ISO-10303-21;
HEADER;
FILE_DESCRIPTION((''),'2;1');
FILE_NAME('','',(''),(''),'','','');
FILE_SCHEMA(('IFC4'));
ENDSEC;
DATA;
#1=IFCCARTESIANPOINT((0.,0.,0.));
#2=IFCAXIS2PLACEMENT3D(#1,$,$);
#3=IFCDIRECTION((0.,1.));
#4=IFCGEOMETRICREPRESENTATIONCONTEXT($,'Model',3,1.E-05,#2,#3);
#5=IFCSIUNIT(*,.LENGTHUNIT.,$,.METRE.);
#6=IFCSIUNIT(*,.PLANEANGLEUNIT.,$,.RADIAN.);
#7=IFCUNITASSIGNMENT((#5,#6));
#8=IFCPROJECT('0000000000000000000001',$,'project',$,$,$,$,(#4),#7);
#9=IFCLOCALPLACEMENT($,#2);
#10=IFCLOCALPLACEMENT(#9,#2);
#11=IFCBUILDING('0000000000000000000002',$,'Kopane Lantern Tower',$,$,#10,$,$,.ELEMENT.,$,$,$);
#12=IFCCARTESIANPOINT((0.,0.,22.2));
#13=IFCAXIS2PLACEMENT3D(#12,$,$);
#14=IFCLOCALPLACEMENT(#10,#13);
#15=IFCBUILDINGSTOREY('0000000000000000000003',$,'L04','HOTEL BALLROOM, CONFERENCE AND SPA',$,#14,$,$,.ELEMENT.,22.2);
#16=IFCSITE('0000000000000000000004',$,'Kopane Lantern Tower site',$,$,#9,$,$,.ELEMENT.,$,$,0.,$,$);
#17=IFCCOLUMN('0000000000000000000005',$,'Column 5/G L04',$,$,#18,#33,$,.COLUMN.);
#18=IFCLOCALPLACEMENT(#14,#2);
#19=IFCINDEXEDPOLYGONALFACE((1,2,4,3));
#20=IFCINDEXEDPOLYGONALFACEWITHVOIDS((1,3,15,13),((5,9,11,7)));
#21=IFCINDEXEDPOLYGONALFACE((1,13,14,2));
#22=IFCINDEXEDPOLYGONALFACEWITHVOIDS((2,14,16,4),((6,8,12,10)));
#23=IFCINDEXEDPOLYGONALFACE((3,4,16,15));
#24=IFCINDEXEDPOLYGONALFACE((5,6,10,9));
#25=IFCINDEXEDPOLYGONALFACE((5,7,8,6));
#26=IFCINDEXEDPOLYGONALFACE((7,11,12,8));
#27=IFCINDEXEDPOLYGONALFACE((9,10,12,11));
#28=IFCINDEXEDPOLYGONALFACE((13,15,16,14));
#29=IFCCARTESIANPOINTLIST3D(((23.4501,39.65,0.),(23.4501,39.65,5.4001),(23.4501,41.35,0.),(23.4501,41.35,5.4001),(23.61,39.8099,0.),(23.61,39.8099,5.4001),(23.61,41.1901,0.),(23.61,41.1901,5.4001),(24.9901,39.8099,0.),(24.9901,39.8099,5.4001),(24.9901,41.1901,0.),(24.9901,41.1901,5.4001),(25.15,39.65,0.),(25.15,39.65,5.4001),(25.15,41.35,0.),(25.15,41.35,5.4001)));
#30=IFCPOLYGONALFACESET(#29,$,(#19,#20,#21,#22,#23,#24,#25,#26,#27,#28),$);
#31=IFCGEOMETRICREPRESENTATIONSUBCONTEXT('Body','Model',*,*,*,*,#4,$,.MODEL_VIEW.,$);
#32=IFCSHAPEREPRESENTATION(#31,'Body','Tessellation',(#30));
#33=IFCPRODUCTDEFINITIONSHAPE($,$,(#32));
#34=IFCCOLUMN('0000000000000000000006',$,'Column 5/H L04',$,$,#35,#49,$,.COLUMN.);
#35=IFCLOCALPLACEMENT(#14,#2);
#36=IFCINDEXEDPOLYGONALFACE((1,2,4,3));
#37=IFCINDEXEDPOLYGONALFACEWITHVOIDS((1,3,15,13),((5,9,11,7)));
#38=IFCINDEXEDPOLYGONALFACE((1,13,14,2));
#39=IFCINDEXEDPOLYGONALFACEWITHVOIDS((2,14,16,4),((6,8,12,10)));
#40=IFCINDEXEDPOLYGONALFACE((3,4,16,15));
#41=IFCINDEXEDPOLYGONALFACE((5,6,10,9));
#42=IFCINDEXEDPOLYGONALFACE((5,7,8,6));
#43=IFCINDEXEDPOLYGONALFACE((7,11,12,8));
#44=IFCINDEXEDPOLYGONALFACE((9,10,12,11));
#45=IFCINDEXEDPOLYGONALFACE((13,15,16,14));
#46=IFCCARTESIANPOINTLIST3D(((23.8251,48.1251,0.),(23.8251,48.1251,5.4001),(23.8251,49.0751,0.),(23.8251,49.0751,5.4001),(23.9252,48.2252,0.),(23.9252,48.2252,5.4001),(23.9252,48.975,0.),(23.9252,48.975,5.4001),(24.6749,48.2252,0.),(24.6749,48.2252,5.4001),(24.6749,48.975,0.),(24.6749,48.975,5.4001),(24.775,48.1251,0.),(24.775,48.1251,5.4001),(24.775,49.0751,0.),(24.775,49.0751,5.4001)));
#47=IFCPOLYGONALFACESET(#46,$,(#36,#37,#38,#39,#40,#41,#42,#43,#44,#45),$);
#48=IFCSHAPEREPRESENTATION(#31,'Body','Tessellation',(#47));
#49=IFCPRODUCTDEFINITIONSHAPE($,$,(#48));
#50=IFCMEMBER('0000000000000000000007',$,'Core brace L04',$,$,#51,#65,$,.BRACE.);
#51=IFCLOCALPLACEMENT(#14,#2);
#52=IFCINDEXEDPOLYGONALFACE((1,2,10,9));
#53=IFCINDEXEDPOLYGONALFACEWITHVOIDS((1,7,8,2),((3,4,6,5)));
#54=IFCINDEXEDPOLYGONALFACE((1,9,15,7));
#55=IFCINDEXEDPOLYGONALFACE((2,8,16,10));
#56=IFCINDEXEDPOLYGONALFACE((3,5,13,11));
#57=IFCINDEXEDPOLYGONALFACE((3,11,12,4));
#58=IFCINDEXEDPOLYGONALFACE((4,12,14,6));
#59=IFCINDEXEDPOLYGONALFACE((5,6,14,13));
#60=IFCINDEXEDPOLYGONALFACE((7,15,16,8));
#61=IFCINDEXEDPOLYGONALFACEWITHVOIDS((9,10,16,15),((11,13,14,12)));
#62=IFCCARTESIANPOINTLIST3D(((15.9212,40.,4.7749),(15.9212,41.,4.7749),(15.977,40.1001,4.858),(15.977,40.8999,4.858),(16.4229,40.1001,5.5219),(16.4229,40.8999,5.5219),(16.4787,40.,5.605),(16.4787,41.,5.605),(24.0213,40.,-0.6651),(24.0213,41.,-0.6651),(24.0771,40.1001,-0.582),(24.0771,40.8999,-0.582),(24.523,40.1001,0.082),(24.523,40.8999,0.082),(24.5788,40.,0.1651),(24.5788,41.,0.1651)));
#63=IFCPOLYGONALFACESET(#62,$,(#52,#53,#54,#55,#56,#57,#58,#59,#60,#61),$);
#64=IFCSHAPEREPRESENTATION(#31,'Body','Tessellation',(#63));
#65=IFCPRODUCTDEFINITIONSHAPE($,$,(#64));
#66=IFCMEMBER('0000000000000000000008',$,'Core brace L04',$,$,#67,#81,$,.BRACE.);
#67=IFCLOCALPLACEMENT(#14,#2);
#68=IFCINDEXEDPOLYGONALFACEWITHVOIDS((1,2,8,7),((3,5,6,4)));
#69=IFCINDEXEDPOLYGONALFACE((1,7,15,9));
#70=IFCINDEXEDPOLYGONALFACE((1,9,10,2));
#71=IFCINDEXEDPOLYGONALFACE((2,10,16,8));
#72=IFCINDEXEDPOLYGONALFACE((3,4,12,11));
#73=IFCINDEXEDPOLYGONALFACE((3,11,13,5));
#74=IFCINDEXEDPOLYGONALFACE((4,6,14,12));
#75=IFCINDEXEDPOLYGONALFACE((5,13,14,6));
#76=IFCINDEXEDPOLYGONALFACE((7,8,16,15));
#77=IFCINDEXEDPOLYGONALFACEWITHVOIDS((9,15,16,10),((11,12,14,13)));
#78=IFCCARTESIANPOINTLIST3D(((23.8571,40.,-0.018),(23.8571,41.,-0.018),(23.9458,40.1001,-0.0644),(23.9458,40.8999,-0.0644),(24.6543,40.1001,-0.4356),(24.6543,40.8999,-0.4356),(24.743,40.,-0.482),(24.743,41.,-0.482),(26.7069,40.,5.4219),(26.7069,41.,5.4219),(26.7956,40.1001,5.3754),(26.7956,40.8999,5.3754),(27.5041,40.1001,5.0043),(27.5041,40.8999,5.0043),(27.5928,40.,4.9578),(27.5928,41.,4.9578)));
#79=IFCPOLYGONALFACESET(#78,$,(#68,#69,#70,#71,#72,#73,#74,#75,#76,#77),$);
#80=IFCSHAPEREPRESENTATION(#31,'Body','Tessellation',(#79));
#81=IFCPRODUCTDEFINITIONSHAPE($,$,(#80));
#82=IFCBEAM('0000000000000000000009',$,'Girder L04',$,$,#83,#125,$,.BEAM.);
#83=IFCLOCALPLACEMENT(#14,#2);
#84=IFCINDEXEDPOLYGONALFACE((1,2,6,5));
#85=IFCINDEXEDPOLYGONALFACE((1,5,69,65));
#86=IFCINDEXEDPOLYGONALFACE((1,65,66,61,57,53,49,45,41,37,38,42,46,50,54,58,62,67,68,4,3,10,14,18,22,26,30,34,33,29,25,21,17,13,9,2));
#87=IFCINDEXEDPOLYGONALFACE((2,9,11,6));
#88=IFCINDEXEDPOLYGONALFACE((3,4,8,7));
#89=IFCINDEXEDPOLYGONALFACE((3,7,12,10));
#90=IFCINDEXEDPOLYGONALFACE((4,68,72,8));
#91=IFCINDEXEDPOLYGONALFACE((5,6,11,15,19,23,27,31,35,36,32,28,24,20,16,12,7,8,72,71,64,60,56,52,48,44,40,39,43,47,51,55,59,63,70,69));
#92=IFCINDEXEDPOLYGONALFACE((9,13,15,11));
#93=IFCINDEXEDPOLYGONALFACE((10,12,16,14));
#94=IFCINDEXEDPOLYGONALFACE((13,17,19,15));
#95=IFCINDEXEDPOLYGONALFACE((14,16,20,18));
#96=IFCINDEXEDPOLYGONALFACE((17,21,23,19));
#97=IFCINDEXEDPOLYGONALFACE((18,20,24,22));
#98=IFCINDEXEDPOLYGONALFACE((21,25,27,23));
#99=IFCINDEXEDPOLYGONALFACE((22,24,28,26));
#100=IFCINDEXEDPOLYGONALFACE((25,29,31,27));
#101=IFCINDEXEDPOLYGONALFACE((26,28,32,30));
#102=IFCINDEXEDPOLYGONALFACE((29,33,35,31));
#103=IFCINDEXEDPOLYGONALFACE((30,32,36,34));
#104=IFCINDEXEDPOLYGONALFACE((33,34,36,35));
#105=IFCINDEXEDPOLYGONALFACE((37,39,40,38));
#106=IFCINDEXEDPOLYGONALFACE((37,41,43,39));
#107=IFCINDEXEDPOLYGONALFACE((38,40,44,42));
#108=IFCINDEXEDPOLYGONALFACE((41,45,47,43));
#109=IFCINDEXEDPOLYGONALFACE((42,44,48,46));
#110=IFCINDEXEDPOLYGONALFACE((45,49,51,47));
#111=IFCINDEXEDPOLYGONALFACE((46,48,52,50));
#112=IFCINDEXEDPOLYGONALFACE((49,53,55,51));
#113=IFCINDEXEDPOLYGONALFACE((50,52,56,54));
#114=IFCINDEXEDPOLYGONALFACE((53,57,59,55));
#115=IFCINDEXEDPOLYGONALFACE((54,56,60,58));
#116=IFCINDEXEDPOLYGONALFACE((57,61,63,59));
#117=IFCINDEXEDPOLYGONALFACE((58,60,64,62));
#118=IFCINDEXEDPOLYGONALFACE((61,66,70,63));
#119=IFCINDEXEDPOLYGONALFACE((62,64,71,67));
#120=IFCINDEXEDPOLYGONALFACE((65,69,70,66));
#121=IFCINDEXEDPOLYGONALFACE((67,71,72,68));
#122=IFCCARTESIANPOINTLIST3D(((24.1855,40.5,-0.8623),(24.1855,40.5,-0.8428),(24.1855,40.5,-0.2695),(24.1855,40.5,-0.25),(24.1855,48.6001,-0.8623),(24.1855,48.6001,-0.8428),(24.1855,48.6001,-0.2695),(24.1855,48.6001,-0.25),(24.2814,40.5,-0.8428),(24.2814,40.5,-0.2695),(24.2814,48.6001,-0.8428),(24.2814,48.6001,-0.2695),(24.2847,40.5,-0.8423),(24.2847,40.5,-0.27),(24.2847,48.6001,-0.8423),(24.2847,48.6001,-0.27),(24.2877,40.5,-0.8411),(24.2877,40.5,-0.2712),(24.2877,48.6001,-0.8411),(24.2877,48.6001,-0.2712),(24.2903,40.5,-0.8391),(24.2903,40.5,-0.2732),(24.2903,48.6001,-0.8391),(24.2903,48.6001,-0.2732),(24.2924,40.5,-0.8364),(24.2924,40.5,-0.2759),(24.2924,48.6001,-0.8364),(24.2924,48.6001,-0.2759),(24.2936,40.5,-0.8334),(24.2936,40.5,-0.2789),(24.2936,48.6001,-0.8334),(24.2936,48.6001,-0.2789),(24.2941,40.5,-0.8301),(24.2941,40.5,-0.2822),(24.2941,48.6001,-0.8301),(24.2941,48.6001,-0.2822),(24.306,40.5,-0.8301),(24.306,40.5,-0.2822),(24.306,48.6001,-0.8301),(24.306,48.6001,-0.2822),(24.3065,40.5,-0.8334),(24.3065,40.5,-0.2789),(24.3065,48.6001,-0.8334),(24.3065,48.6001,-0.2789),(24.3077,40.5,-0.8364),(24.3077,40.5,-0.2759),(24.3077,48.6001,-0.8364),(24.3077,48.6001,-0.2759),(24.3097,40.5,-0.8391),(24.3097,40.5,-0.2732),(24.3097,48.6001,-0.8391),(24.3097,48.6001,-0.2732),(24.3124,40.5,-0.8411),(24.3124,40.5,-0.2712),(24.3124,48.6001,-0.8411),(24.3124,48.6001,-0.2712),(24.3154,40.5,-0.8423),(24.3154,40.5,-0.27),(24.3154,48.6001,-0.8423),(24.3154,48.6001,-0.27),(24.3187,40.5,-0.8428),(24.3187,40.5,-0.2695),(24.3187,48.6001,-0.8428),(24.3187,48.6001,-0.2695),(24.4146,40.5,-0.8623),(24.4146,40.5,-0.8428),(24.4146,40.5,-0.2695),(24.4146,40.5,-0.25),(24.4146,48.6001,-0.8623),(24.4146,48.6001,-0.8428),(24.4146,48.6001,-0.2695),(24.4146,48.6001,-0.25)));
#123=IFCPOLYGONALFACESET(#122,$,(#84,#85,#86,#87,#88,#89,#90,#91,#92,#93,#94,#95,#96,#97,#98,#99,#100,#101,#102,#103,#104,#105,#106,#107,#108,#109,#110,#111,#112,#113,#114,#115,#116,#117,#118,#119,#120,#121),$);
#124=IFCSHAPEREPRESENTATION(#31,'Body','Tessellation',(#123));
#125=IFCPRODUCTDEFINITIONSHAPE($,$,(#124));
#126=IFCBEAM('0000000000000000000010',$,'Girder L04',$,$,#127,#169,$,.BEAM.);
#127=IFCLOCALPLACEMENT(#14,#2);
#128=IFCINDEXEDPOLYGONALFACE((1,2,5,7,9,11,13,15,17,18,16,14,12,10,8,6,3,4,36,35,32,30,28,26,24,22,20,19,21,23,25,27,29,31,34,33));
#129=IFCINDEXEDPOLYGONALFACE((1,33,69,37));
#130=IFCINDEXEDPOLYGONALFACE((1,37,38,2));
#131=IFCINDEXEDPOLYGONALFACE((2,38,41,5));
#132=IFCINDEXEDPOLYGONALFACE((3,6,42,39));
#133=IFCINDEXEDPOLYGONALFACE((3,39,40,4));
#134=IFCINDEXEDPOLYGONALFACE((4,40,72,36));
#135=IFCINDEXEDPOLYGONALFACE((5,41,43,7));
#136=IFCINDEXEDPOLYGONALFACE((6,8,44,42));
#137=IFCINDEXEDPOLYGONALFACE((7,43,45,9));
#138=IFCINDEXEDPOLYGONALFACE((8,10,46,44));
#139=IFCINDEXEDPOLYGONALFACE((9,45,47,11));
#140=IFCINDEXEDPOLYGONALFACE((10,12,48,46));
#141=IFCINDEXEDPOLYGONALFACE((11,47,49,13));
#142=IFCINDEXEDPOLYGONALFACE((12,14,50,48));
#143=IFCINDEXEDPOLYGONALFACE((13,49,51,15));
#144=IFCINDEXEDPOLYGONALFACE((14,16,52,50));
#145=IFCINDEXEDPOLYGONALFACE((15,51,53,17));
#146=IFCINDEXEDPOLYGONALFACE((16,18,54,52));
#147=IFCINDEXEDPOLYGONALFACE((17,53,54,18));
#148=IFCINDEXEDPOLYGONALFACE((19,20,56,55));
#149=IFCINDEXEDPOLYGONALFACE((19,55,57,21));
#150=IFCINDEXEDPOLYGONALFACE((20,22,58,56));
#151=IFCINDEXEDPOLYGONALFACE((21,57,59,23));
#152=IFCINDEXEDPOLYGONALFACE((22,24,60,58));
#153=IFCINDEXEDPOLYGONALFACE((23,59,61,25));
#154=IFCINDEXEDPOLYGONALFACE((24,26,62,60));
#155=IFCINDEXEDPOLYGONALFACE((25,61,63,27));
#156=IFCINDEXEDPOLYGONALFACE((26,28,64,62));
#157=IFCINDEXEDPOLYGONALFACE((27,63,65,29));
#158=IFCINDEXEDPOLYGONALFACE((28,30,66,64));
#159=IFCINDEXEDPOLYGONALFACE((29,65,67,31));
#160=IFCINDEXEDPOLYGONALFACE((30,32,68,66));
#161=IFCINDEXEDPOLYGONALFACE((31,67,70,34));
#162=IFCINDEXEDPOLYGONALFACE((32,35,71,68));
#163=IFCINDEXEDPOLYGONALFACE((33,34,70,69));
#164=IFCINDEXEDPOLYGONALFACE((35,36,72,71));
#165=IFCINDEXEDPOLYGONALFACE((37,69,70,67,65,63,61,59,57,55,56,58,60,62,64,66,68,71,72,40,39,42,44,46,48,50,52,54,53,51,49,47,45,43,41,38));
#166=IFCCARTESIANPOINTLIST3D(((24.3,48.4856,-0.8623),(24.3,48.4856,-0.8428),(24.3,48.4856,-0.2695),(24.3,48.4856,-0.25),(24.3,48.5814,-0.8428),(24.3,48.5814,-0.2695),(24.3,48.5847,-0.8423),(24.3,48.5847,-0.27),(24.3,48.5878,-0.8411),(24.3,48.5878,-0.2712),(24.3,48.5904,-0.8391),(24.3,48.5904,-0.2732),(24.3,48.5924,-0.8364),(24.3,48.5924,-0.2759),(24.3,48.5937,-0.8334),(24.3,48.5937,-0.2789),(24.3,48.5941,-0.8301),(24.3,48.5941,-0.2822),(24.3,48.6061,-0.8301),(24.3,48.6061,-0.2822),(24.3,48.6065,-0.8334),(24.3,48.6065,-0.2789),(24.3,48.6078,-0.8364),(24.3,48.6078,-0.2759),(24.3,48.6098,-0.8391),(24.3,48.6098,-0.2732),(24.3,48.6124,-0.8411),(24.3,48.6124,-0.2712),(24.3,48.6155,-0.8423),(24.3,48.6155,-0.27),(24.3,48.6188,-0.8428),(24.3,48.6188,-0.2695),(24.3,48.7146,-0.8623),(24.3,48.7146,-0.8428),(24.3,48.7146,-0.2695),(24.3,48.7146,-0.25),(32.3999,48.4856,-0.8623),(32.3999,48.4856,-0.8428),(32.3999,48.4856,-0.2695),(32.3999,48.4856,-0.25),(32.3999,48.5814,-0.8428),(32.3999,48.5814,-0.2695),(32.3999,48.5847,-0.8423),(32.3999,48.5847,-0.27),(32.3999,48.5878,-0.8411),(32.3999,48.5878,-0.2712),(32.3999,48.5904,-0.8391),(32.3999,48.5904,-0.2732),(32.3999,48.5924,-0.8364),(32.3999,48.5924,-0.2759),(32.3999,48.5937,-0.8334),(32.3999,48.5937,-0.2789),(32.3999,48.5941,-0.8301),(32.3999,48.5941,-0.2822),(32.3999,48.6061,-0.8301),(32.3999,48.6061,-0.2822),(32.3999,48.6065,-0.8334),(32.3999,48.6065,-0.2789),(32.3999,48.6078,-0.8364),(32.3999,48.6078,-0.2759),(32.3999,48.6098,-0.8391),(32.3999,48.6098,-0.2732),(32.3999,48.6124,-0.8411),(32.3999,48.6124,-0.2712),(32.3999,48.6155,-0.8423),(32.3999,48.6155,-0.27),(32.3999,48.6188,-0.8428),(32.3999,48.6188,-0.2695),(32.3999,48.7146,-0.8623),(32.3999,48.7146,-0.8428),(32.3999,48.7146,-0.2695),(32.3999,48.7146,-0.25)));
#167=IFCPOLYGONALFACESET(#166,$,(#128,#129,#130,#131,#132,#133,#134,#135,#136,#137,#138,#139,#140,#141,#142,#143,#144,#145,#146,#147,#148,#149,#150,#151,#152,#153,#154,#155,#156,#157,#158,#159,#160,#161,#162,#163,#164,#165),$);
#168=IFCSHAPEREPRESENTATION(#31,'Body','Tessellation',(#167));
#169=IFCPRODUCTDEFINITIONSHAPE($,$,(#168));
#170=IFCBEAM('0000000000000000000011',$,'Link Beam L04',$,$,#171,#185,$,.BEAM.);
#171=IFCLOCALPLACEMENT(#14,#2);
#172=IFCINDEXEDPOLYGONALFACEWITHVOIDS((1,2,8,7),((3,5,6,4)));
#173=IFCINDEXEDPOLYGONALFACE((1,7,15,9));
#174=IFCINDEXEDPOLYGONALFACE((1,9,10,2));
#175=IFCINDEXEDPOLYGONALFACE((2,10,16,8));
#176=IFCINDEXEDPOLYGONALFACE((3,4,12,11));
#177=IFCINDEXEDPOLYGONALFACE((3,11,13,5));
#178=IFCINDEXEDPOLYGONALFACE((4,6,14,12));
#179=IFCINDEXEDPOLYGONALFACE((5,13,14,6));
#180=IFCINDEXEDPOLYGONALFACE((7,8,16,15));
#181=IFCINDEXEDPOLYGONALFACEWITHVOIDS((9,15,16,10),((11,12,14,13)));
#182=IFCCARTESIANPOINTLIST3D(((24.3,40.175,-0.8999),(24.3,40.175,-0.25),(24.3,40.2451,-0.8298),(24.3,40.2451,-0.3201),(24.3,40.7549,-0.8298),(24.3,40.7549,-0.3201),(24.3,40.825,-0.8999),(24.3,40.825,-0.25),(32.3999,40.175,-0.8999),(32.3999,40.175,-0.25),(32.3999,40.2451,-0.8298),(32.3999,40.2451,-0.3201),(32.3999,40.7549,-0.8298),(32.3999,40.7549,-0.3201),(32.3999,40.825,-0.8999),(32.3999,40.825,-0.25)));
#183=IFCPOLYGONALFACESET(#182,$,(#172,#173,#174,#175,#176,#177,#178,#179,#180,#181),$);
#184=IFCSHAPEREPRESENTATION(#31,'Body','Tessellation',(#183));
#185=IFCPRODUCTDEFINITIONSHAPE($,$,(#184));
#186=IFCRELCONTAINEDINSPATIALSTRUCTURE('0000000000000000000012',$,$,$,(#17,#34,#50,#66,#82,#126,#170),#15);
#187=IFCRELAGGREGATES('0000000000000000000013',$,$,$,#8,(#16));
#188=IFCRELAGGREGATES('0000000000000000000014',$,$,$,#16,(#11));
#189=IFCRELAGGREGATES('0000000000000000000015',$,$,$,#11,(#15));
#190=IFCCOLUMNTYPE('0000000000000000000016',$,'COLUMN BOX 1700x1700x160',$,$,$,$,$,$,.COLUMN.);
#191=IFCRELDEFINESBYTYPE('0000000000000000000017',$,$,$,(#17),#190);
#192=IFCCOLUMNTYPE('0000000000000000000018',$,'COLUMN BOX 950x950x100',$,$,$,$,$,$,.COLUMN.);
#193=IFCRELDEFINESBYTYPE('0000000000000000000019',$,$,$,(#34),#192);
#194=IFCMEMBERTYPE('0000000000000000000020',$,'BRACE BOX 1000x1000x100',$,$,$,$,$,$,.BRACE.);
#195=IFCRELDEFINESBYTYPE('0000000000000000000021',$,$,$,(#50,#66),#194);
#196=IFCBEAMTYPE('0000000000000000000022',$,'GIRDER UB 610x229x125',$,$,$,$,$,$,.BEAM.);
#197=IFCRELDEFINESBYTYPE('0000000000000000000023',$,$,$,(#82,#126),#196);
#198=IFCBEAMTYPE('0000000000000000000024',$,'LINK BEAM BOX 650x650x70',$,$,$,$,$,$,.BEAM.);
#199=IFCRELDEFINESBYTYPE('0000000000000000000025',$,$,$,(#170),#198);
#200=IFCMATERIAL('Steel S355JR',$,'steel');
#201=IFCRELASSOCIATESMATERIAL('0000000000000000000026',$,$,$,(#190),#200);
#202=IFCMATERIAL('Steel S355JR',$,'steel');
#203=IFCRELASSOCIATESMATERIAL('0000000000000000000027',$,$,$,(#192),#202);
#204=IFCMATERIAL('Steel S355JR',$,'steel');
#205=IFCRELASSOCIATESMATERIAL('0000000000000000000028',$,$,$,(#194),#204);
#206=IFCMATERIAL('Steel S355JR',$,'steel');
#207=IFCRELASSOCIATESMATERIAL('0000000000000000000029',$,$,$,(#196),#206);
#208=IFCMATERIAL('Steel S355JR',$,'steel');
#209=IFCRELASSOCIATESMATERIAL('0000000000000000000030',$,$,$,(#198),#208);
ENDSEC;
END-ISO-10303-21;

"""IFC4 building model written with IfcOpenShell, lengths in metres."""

from ifc_helpers import new_model, si_unit, direction, frame, origin, origin_2d, place, context, subcontext, project, spatial, hollow_rectangle, i_section, extrude, material, material_profile, profile_set, type_object, element, save


model = new_model("IFC4")

# Units and contexts
model_context = context("Model", 3, precision=1e-05, world=origin(), true_north=direction((0.0, 1.0)))
body_context = subcontext(model_context, "Body", "Model", "MODEL_VIEW")
ifc_project = project(units=[si_unit("LENGTHUNIT", "METRE"), si_unit("PLANEANGLEUNIT", "RADIAN")], contexts=[model_context])

# Site, building, storey
site_placement = place(None, origin())
site = spatial("IfcSite", under=ifc_project, at=site_placement, Name="Kopane Lantern Tower site", CompositionType="ELEMENT", RefElevation=0.0)
building_placement = place(site_placement, origin())
building = spatial("IfcBuilding", under=site, at=building_placement, Name="Kopane Lantern Tower", CompositionType="ELEMENT")
storey_placement = place(building_placement, frame((0.0, 0.0, 22.2)))
storey = spatial("IfcBuildingStorey", under=building, at=storey_placement, Name="L04", Description="HOTEL BALLROOM, CONFERENCE AND SPA", CompositionType="ELEMENT", Elevation=22.2)

# Columns
ifc_material_1 = material(Name="Steel S355JR", Category="steel")
ifc_material_profile_1 = material_profile(ifc_material_1, hollow_rectangle(XDim=1.7, YDim=1.7, WallThickness=0.1599, at=origin_2d()), Name="BOX 1700x1700x160")
ifc_profile_set_1 = profile_set([ifc_material_profile_1], Name="Steel S355JR")
column_type_1 = type_object("IfcColumnType", Name="COLUMN BOX 1700x1700x160", PredefinedType="COLUMN", material=ifc_profile_set_1)
column_1_placement = place(storey_placement, frame((24.3, 40.5, 0.0), z_axis=(0.0, 0.0, 1.0), x_axis=(1.0, 0.0, 0.0)))
element("IfcColumn", 1, at=column_1_placement, inside=storey, type_object=column_type_1, Name="Column 5/G L04", PredefinedType="COLUMN", context=body_context, shape_type="SweptSolid", body=[
    extrude(hollow_rectangle(XDim=1.7, YDim=1.7, WallThickness=0.1599, at=origin_2d()), origin(), (0.0, 0.0, 1.0), 5.4001),
])
ifc_material_2 = material(Name="Steel S355JR", Category="steel")
ifc_material_profile_2 = material_profile(ifc_material_2, hollow_rectangle(XDim=0.95, YDim=0.95, WallThickness=0.1001, at=origin_2d()), Name="BOX 950x950x100")
ifc_profile_set_2 = profile_set([ifc_material_profile_2], Name="Steel S355JR")
column_type_2 = type_object("IfcColumnType", Name="COLUMN BOX 950x950x100", PredefinedType="COLUMN", material=ifc_profile_set_2)
column_2_placement = place(storey_placement, frame((24.3, 48.6001, 0.0), z_axis=(0.0, 0.0, 1.0), x_axis=(1.0, 0.0, 0.0)))
element("IfcColumn", 2, at=column_2_placement, inside=storey, type_object=column_type_2, Name="Column 5/H L04", PredefinedType="COLUMN", context=body_context, shape_type="SweptSolid", body=[
    extrude(hollow_rectangle(XDim=0.95, YDim=0.95, WallThickness=0.1001, at=origin_2d()), origin(), (0.0, 0.0, 1.0), 5.4001),
])

# Members
ifc_material_3 = material(Name="Steel S355JR", Category="steel")
ifc_material_profile_3 = material_profile(ifc_material_3, hollow_rectangle(XDim=1.0, YDim=1.0, WallThickness=0.1001, at=origin_2d()), Name="BOX 1000x1000x100")
ifc_profile_set_3 = profile_set([ifc_material_profile_3], Name="Steel S355JR")
member_type_1 = type_object("IfcMemberType", Name="BRACE BOX 1000x1000x100", PredefinedType="BRACE", material=ifc_profile_set_3)
member_1_placement = place(storey_placement, frame((24.3, 40.5, -0.25), z_axis=(-0.830159, 0.0, 0.557526), x_axis=(0.0, -1.0, 0.0)))
element("IfcMember", 3, at=member_1_placement, inside=storey, type_object=member_type_1, Name="Core brace L04", PredefinedType="BRACE", context=body_context, shape_type="SweptSolid", body=[
    extrude(hollow_rectangle(XDim=1.0, YDim=1.0, WallThickness=0.1001, at=origin_2d()), origin(), (0.0, 0.0, 1.0), 9.7573),
])
member_2_placement = place(storey_placement, frame((24.3, 40.5, -0.25), z_axis=(0.464053, 0.0, 0.885807), x_axis=(0.0, 1.0, 0.0)))
element("IfcMember", 4, at=member_2_placement, inside=storey, type_object=member_type_1, Name="Core brace L04", PredefinedType="BRACE", context=body_context, shape_type="SweptSolid", body=[
    extrude(hollow_rectangle(XDim=1.0, YDim=1.0, WallThickness=0.1001, at=origin_2d()), origin(), (0.0, 0.0, 1.0), 6.1411),
])

# Beams
ifc_material_4 = material(Name="Steel S355JR", Category="steel")
ifc_material_profile_4 = material_profile(ifc_material_4, i_section(OverallWidth=0.229, OverallDepth=0.6123, WebThickness=0.012, FlangeThickness=0.0195, FilletRadius=0.0127, at=origin_2d()), Name="UB 610x229x125")
ifc_profile_set_4 = profile_set([ifc_material_profile_4], Name="Steel S355JR")
beam_type_1 = type_object("IfcBeamType", Name="GIRDER UB 610x229x125", PredefinedType="BEAM", material=ifc_profile_set_4)
beam_1_placement = place(storey_placement, frame((24.3, 40.5, -0.5562), z_axis=(0.0, 1.0, 0.0), x_axis=(-1.0, 0.0, 0.0)))
element("IfcBeam", 5, at=beam_1_placement, inside=storey, type_object=beam_type_1, Name="Girder L04", PredefinedType="BEAM", context=body_context, shape_type="SweptSolid", body=[
    extrude(i_section(OverallWidth=0.229, OverallDepth=0.6123, WebThickness=0.012, FlangeThickness=0.0195, FilletRadius=0.0127, at=origin_2d()), origin(), (0.0, 0.0, 1.0), 8.1001),
])
beam_2_placement = place(storey_placement, frame((24.3, 48.6001, -0.5562), z_axis=(1.0, 0.0, 0.0), x_axis=(0.0, 1.0, 0.0)))
element("IfcBeam", 6, at=beam_2_placement, inside=storey, type_object=beam_type_1, Name="Girder L04", PredefinedType="BEAM", context=body_context, shape_type="SweptSolid", body=[
    extrude(i_section(OverallWidth=0.229, OverallDepth=0.6123, WebThickness=0.012, FlangeThickness=0.0195, FilletRadius=0.0127, at=origin_2d()), origin(), (0.0, 0.0, 1.0), 8.0999),
])
ifc_material_5 = material(Name="Steel S355JR", Category="steel")
ifc_material_profile_5 = material_profile(ifc_material_5, hollow_rectangle(XDim=0.6499, YDim=0.6499, WallThickness=0.0701, at=origin_2d()), Name="BOX 650x650x70")
ifc_profile_set_5 = profile_set([ifc_material_profile_5], Name="Steel S355JR")
beam_type_2 = type_object("IfcBeamType", Name="LINK BEAM BOX 650x650x70", PredefinedType="BEAM", material=ifc_profile_set_5)
beam_3_placement = place(storey_placement, frame((24.3, 40.5, -0.575), z_axis=(1.0, 0.0, 0.0), x_axis=(0.0, 1.0, 0.0)))
element("IfcBeam", 7, at=beam_3_placement, inside=storey, type_object=beam_type_2, Name="Link Beam L04", PredefinedType="BEAM", context=body_context, shape_type="SweptSolid", body=[
    extrude(hollow_rectangle(XDim=0.6499, YDim=0.6499, WallThickness=0.0701, at=origin_2d()), origin(), (0.0, 0.0, 1.0), 8.0999),
])

save(model, "model.ifc")
